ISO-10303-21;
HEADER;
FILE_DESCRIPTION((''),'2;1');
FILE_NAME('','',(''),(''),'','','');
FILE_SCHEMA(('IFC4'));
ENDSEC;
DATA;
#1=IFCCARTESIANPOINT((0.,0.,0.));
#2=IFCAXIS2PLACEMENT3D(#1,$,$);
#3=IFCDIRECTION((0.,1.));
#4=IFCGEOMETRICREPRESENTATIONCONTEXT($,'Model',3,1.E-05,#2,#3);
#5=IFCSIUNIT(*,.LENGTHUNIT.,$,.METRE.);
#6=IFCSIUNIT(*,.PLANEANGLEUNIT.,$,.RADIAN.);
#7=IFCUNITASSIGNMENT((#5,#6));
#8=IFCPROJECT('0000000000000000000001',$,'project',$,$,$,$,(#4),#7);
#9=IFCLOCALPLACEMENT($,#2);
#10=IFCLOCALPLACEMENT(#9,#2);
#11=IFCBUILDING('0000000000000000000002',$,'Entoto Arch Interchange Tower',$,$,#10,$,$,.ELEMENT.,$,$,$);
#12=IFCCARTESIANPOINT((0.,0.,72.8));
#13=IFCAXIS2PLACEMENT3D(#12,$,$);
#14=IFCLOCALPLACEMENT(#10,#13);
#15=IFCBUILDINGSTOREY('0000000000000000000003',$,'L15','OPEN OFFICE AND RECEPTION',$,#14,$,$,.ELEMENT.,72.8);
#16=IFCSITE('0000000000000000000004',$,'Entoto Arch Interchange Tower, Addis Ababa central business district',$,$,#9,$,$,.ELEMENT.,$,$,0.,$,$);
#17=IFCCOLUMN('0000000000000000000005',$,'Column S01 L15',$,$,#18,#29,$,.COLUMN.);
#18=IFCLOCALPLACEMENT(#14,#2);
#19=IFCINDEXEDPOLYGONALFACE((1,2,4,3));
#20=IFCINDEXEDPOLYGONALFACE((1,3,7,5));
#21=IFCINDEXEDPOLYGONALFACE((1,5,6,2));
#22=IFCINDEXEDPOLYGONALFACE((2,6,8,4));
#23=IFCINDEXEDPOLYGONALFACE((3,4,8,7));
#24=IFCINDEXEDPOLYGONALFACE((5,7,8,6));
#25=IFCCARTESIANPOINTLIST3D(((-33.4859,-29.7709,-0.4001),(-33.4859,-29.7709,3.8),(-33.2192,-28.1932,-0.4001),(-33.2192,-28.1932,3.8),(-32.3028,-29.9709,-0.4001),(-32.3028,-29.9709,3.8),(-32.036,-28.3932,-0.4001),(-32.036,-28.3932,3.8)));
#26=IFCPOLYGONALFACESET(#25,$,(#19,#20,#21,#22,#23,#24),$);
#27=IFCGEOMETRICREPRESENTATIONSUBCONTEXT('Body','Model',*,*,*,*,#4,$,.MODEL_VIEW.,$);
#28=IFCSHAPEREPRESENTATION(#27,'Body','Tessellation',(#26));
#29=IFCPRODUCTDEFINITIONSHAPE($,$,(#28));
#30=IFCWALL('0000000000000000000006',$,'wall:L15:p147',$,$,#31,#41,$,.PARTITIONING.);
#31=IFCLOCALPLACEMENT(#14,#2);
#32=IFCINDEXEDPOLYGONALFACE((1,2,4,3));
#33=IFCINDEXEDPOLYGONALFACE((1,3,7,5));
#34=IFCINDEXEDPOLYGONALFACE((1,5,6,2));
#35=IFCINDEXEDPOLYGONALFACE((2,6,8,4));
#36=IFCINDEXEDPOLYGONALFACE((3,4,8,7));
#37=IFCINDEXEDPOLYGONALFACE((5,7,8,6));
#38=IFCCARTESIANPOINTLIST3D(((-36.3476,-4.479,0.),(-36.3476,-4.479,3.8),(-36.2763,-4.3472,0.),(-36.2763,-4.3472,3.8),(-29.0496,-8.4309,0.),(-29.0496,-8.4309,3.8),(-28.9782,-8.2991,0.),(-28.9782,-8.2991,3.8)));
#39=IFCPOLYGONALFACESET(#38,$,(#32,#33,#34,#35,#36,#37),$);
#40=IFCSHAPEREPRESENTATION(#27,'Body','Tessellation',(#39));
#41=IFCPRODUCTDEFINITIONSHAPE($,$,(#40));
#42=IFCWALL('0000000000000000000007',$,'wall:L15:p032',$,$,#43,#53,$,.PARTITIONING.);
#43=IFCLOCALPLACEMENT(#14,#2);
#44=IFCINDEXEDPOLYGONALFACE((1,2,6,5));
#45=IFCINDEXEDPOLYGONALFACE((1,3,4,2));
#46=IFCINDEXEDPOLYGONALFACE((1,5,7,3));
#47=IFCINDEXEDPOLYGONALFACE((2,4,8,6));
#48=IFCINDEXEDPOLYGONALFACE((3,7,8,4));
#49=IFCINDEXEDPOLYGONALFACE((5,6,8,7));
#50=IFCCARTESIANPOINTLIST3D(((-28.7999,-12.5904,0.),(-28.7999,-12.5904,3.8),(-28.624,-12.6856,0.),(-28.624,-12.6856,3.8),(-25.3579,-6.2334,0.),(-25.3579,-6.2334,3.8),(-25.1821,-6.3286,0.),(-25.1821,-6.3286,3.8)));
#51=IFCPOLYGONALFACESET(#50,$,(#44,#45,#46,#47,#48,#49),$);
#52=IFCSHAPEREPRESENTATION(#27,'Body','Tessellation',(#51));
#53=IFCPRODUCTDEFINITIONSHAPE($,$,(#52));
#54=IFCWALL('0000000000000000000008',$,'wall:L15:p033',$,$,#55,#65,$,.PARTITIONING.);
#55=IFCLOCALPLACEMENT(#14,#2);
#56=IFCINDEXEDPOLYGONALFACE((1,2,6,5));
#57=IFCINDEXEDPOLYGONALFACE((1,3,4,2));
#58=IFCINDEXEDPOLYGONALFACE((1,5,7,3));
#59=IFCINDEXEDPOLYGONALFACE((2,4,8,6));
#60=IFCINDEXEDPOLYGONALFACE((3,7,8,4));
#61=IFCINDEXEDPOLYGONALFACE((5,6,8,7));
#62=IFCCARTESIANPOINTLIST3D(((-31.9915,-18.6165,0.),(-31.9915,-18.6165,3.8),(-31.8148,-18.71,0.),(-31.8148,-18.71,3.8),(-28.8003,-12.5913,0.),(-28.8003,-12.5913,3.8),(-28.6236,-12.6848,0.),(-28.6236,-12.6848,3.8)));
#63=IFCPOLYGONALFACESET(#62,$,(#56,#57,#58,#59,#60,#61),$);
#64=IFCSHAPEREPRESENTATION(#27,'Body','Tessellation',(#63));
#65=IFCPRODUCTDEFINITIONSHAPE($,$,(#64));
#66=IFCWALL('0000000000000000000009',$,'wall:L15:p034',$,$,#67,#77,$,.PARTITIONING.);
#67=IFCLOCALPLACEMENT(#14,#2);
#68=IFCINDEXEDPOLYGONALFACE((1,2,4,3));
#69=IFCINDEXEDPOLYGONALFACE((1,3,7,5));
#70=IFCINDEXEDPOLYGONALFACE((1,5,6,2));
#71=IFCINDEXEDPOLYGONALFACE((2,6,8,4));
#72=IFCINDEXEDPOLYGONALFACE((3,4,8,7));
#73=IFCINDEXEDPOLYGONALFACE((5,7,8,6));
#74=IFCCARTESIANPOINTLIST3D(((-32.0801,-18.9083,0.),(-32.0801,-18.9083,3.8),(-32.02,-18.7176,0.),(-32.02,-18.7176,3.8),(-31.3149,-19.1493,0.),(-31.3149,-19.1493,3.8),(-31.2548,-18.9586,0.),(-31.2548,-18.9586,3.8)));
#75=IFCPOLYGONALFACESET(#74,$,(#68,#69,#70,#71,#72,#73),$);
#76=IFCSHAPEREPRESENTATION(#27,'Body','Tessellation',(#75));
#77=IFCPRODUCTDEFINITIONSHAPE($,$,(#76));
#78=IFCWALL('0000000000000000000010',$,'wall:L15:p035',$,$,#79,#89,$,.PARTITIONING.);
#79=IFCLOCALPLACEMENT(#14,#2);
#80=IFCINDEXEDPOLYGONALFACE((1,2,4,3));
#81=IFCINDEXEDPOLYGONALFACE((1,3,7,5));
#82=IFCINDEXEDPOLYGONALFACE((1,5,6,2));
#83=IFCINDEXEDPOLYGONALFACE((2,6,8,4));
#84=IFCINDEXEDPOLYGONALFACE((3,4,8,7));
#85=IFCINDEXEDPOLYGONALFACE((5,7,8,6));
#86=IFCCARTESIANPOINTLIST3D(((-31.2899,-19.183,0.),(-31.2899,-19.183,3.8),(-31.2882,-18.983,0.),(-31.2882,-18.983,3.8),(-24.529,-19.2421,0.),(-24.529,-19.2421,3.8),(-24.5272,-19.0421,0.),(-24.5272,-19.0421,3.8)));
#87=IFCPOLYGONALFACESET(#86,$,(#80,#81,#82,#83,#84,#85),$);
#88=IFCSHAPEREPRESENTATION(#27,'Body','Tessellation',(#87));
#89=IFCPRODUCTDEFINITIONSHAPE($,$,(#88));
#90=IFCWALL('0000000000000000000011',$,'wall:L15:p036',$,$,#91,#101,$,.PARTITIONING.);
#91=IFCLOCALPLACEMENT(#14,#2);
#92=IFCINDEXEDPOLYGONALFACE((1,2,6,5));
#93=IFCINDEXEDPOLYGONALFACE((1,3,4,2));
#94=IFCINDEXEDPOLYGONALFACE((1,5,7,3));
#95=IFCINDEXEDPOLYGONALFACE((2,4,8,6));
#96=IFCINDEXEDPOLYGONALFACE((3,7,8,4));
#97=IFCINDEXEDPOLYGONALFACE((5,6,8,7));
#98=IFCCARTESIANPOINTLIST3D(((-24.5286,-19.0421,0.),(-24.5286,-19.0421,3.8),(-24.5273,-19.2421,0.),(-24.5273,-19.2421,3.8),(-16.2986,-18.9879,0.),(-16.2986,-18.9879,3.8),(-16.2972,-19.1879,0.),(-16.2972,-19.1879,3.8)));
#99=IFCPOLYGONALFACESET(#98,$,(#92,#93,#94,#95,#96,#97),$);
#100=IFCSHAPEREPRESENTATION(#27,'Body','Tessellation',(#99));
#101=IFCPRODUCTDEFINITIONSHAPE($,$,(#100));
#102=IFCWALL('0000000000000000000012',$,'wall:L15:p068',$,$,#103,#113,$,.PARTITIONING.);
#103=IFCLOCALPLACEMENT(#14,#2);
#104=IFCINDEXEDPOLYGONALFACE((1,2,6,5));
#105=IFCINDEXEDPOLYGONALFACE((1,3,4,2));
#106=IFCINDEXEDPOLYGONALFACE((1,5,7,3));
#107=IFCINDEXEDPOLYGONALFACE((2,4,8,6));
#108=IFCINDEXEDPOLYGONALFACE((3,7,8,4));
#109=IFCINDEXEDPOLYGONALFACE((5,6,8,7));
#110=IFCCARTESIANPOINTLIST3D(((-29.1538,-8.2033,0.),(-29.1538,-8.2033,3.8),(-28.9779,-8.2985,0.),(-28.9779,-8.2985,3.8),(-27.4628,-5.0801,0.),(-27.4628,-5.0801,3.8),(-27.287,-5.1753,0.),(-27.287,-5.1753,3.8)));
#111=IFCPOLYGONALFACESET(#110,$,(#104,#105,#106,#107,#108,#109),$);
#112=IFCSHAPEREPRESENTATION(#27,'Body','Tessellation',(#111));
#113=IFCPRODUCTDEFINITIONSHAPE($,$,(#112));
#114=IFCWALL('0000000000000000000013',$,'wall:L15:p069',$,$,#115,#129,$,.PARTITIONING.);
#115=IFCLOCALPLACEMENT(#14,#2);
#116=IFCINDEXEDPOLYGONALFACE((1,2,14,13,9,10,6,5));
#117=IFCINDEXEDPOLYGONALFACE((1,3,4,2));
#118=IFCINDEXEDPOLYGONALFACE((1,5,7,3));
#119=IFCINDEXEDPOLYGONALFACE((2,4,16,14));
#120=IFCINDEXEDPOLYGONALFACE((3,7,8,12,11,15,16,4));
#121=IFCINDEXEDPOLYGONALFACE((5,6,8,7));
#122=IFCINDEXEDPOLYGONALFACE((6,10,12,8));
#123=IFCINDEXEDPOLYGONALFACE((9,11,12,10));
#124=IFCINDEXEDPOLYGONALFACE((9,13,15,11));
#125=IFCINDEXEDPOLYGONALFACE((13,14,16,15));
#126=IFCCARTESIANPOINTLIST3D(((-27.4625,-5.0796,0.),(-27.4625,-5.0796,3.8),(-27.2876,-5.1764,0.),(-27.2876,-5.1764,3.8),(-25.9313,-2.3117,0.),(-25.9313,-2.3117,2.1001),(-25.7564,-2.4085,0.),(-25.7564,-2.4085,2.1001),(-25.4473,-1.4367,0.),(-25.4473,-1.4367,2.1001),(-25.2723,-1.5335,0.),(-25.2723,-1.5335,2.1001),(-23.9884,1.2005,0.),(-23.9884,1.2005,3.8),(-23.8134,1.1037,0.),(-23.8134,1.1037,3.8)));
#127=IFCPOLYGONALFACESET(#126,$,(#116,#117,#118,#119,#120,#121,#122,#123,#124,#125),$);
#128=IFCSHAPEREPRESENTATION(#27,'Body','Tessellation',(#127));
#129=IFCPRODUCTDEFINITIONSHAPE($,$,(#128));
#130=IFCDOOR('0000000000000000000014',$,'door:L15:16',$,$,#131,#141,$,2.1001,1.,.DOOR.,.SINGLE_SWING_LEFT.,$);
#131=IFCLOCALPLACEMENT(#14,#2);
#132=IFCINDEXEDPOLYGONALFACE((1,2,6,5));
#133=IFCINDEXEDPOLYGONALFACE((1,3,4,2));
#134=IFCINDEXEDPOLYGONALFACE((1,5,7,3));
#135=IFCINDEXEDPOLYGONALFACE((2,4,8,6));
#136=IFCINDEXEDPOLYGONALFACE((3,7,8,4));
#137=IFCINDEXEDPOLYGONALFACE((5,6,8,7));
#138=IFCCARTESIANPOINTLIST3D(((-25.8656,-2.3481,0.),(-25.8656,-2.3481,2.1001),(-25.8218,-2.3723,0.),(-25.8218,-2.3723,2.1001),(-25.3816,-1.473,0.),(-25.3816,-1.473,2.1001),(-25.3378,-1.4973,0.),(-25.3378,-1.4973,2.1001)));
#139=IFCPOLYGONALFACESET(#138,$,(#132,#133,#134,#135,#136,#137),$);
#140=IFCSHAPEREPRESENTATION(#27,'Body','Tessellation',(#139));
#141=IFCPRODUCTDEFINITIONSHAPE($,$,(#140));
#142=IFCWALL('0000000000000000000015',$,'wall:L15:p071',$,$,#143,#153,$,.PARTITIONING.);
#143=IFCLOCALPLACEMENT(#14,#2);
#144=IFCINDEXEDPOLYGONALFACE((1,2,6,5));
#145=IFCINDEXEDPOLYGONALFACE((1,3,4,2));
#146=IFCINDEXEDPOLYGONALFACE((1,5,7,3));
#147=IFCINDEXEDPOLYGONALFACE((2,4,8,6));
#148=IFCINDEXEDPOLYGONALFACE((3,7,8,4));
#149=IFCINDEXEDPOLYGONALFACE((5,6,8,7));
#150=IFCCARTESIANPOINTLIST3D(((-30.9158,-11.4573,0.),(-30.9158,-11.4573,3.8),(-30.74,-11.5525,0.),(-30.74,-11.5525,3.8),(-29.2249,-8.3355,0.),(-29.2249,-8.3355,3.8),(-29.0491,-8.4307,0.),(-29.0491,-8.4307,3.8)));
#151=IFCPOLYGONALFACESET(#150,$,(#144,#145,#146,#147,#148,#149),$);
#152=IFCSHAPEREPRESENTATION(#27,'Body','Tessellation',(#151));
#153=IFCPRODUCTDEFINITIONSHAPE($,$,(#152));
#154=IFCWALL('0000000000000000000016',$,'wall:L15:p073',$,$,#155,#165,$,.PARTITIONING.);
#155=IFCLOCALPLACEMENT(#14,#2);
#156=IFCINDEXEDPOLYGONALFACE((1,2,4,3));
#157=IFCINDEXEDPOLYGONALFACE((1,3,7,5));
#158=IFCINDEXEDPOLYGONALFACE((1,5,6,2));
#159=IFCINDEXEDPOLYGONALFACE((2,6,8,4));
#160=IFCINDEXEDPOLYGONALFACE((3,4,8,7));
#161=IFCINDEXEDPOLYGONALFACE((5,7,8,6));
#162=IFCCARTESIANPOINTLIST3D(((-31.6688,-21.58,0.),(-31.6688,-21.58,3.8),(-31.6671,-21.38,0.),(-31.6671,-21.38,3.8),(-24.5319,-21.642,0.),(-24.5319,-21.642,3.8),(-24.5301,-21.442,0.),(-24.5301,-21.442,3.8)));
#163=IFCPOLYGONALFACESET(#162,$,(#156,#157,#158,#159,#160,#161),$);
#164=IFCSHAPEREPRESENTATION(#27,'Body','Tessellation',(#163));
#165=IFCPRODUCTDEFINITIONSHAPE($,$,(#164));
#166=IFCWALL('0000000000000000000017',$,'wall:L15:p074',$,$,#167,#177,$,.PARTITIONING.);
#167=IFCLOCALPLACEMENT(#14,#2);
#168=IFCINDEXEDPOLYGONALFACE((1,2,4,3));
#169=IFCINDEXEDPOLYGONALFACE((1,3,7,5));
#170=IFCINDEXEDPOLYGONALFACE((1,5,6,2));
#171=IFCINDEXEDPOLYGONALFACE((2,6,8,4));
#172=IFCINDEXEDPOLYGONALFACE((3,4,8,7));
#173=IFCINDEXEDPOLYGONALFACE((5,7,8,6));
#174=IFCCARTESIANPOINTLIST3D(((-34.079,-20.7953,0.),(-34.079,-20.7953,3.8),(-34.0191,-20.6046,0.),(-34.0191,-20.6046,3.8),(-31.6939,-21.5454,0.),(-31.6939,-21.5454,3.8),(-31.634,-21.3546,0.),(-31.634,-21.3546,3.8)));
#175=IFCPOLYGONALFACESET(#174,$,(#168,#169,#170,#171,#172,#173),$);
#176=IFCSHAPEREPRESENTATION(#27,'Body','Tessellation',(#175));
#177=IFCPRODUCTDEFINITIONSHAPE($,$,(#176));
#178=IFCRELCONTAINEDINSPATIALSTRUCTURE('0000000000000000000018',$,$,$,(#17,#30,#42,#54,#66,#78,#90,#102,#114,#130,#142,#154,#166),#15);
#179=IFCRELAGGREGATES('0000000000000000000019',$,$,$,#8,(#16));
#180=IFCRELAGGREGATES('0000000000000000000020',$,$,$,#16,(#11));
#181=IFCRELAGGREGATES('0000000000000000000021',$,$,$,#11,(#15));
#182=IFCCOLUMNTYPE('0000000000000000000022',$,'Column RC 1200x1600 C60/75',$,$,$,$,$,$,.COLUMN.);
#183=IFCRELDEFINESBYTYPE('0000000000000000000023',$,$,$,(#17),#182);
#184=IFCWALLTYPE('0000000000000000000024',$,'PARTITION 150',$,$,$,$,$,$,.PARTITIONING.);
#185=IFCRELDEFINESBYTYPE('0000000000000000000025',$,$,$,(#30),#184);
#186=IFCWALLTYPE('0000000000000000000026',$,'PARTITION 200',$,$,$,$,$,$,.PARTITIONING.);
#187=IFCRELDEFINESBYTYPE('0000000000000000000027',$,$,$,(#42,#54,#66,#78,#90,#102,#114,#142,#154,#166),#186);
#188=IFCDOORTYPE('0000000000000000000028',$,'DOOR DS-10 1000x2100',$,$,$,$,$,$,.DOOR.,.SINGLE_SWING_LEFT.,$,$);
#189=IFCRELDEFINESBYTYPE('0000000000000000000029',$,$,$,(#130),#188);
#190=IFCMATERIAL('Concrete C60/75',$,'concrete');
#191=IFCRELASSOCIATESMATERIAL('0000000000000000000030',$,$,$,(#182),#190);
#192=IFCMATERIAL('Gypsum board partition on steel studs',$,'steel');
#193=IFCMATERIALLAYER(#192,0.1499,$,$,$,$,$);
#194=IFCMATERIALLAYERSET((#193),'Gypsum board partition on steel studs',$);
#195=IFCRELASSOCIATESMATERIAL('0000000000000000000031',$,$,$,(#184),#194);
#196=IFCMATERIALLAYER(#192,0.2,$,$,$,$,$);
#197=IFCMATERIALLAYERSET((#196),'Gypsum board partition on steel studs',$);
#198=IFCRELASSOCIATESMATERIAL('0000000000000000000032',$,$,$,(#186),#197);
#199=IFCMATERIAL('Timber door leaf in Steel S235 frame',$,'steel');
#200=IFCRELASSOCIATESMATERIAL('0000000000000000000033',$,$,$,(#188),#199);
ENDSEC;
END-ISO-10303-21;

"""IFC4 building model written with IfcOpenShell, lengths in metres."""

from ifc_helpers import new_model, si_unit, direction, frame, frame_2d, origin, origin_2d, place, context, subcontext, project, spatial, rectangle, extrude, material, layer, layer_set, material_profile, profile_set, type_object, element, fill, save


model = new_model("IFC4")

# Units and contexts
model_context = context("Model", 3, precision=1e-05, world=origin(), true_north=direction((0.0, 1.0)))
body_context = subcontext(model_context, "Body", "Model", "MODEL_VIEW")
ifc_project = project(units=[si_unit("LENGTHUNIT", "METRE"), si_unit("PLANEANGLEUNIT", "RADIAN")], contexts=[model_context])

# Site, building, storey
site_placement = place(None, origin())
site = spatial("IfcSite", under=ifc_project, at=site_placement, Name="Entoto Arch Interchange Tower, Addis Ababa central business district", CompositionType="ELEMENT", RefElevation=0.0)
building_placement = place(site_placement, origin())
building = spatial("IfcBuilding", under=site, at=building_placement, Name="Entoto Arch Interchange Tower", CompositionType="ELEMENT")
storey_placement = place(building_placement, frame((0.0, 0.0, 72.8)))
storey = spatial("IfcBuildingStorey", under=building, at=storey_placement, Name="L15", Description="OPEN OFFICE AND RECEPTION", CompositionType="ELEMENT", Elevation=72.8)

# Column
ifc_material_1 = material(Name="Concrete C60/75", Category="concrete")
ifc_material_profile = material_profile(ifc_material_1, rectangle(XDim=1.2, YDim=1.6001, at=origin_2d()))
ifc_profile_set = profile_set([ifc_material_profile], Name="Concrete C60/75")
column_type = type_object("IfcColumnType", Name="Column RC 1200x1600 C60/75", PredefinedType="COLUMN", material=ifc_profile_set)
column_placement = place(storey_placement, frame((-32.761, -29.082, -0.4001), z_axis=(0.0, 0.0, 1.0), x_axis=(-0.986005, 0.166717, 0.0)))
element("IfcColumn", 1, at=column_placement, inside=storey, type_object=column_type, Name="Column S01 L15", PredefinedType="COLUMN", context=body_context, shape_type="SweptSolid", body=[
    extrude(rectangle(XDim=1.2, YDim=1.6001, at=origin_2d()), origin(), (0.0, 0.0, 1.0), 4.2002),
])

# Walls
ifc_material_2 = material(Name="Gypsum board partition on steel studs", Category="steel")
ifc_layer_1 = layer(ifc_material_2, 0.1499)
ifc_layer_set_1 = layer_set([ifc_layer_1], Name="Gypsum board partition on steel studs")
wall_type_1 = type_object("IfcWallType", Name="PARTITION 150", PredefinedType="PARTITIONING", material=ifc_layer_set_1)
wall_1_placement = place(storey_placement, frame((-29.0139, -8.365, 0.0), z_axis=(0.0, 0.0, 1.0), x_axis=(-0.879354, 0.476168, 0.0)))
element("IfcWall", 2, at=wall_1_placement, inside=storey, type_object=wall_type_1, Name="wall:L15:p147", PredefinedType="PARTITIONING", context=body_context, shape_type="SweptSolid", body=[
    extrude(rectangle(XDim=8.2993, YDim=0.1499, at=frame_2d((4.1497, 0.0))), origin(), (0.0, 0.0, 1.0), 3.8),
])
ifc_layer_2 = layer(ifc_material_2, 0.2)
ifc_layer_set_2 = layer_set([ifc_layer_2], Name="Gypsum board partition on steel studs")
wall_type_2 = type_object("IfcWallType", Name="PARTITION 200", PredefinedType="PARTITIONING", material=ifc_layer_set_2)
wall_2_placement = place(storey_placement, frame((-25.27, -6.281, 0.0), z_axis=(0.0, 0.0, 1.0), x_axis=(-0.476129, -0.879376, 0.0)))
element("IfcWall", 3, at=wall_2_placement, inside=storey, type_object=wall_type_2, Name="wall:L15:p032", PredefinedType="PARTITIONING", context=body_context, shape_type="SweptSolid", body=[
    extrude(rectangle(XDim=7.229, YDim=0.2, at=frame_2d((3.6145, 0.0))), origin(), (0.0, 0.0, 1.0), 3.8),
])
wall_3_placement = place(storey_placement, frame((-28.7119, -12.6379, 0.0), z_axis=(0.0, 0.0, 1.0), x_axis=(-0.468046, -0.883704, 0.0)))
element("IfcWall", 4, at=wall_3_placement, inside=storey, type_object=wall_type_2, Name="wall:L15:p033", PredefinedType="PARTITIONING", context=body_context, shape_type="SweptSolid", body=[
    extrude(rectangle(XDim=6.8181, YDim=0.2, at=frame_2d((3.4092, 0.0))), origin(), (0.0, 0.0, 1.0), 3.8),
])
wall_4_placement = place(storey_placement, frame((-32.05, -18.813, 0.0), z_axis=(0.0, 0.0, 1.0), x_axis=(0.953817, -0.300388, 0.0)))
element("IfcWall", 5, at=wall_4_placement, inside=storey, type_object=wall_type_2, Name="wall:L15:p034", PredefinedType="PARTITIONING", context=body_context, shape_type="SweptSolid", body=[
    extrude(rectangle(XDim=0.8022, YDim=0.2, at=frame_2d((0.4011, 0.0))), origin(), (0.0, 0.0, 1.0), 3.8),
])
wall_5_placement = place(storey_placement, frame((-31.2891, -19.083, 0.0), z_axis=(0.0, 0.0, 1.0), x_axis=(0.999962, -0.008738, 0.0)))
element("IfcWall", 6, at=wall_5_placement, inside=storey, type_object=wall_type_2, Name="wall:L15:p035", PredefinedType="PARTITIONING", context=body_context, shape_type="SweptSolid", body=[
    extrude(rectangle(XDim=6.7612, YDim=0.2, at=frame_2d((3.3806, 0.0))), origin(), (0.0, 0.0, 1.0), 3.8),
])
wall_6_placement = place(storey_placement, frame((-24.5281, -19.1421, 0.0), z_axis=(0.0, 0.0, 1.0), x_axis=(0.999978, 0.006585, 0.0)))
element("IfcWall", 7, at=wall_6_placement, inside=storey, type_object=wall_type_2, Name="wall:L15:p036", PredefinedType="PARTITIONING", context=body_context, shape_type="SweptSolid", body=[
    extrude(rectangle(XDim=8.2302, YDim=0.2, at=frame_2d((4.1152, 0.0))), origin(), (0.0, 0.0, 1.0), 3.8),
])
wall_7_placement = place(storey_placement, frame((-29.0659, -8.251, 0.0), z_axis=(0.0, 0.0, 1.0), x_axis=(0.476124, 0.879378, 0.0)))
element("IfcWall", 8, at=wall_7_placement, inside=storey, type_object=wall_type_2, Name="wall:L15:p068", PredefinedType="PARTITIONING", context=body_context, shape_type="SweptSolid", body=[
    extrude(rectangle(XDim=3.5515, YDim=0.2, at=frame_2d((1.7759, 0.0))), origin(), (0.0, 0.0, 1.0), 3.8),
])

# Wall, opening, door
wall_8_placement = place(storey_placement, frame((-27.375, -5.1279, 0.0), z_axis=(0.0, 0.0, 1.0), x_axis=(0.484068, 0.87503, 0.0)))
wall_8 = element("IfcWall", 9, at=wall_8_placement, inside=storey, type_object=wall_type_2, Name="wall:L15:p069", PredefinedType="PARTITIONING", context=body_context, shape_type="SweptSolid", body=[
    extrude(rectangle(XDim=7.177, YDim=0.2, at=frame_2d((3.5884, 0.0))), origin(), (0.0, 0.0, 1.0), 3.8),
])
opening_1_placement = place(wall_8_placement, frame((3.1631, 0.0, 0.0)))
opening_1 = element("IfcOpeningElement", 10, at=opening_1_placement, cuts=wall_8, PredefinedType="OPENING", context=body_context, shape_type="SweptSolid", body=[
    extrude(rectangle(XDim=1.0, YDim=2.1001, at=frame_2d((0.5, 1.05))), frame((0.0, 0.1099, 0.0), z_axis=(0.0, -1.0, 0.0), x_axis=(1.0, 0.0, 0.0)), (0.0, 0.0, 1.0), 0.22),
])
ifc_material_3 = material(Name="Timber door leaf in Steel S235 frame", Category="steel")
door_type = type_object("IfcDoorType", Name="DOOR DS-10 1000x2100", OperationType="SINGLE_SWING_LEFT", PredefinedType="DOOR", material=ifc_material_3)
door_placement = place(opening_1_placement, origin())
door = element("IfcDoor", 11, at=door_placement, inside=storey, type_object=door_type, Name="door:L15:16", OperationType="SINGLE_SWING_LEFT", OverallHeight=2.1001, OverallWidth=1.0, PredefinedType="DOOR", context=body_context, shape_type="SweptSolid", body=[
    extrude(rectangle(XDim=1.0, YDim=2.1001, at=frame_2d((0.5, 1.05))), frame((0.0, 0.0249, 0.0), z_axis=(0.0, -1.0, 0.0), x_axis=(1.0, 0.0, 0.0)), (0.0, 0.0, 1.0), 0.05),
])
fill(opening_1, door)

# Walls
wall_9_placement = place(storey_placement, frame((-30.8279, -11.5049, 0.0), z_axis=(0.0, 0.0, 1.0), x_axis=(0.476268, 0.8793, 0.0)))
element("IfcWall", 12, at=wall_9_placement, inside=storey, type_object=wall_type_2, Name="wall:L15:p071", PredefinedType="PARTITIONING", context=body_context, shape_type="SweptSolid", body=[
    extrude(rectangle(XDim=3.5503, YDim=0.2, at=frame_2d((1.7751, 0.0))), origin(), (0.0, 0.0, 1.0), 3.8),
])
wall_10_placement = place(storey_placement, frame((-24.531, -21.542, 0.0), z_axis=(0.0, 0.0, 1.0), x_axis=(-0.999962, 0.008688, 0.0)))
element("IfcWall", 13, at=wall_10_placement, inside=storey, type_object=wall_type_2, Name="wall:L15:p073", PredefinedType="PARTITIONING", context=body_context, shape_type="SweptSolid", body=[
    extrude(rectangle(XDim=7.1372, YDim=0.2, at=frame_2d((3.5686, 0.0))), origin(), (0.0, 0.0, 1.0), 3.8),
])
wall_11_placement = place(storey_placement, frame((-31.6641, -21.45, 0.0), z_axis=(0.0, 0.0, 1.0), x_axis=(-0.953945, 0.299981, 0.0)))
element("IfcWall", 14, at=wall_11_placement, inside=storey, type_object=wall_type_2, Name="wall:L15:p074", PredefinedType="PARTITIONING", context=body_context, shape_type="SweptSolid", body=[
    extrude(rectangle(XDim=2.5002, YDim=0.2, at=frame_2d((1.25, 0.0))), origin(), (0.0, 0.0, 1.0), 3.8),
])

save(model, "model.ifc")
